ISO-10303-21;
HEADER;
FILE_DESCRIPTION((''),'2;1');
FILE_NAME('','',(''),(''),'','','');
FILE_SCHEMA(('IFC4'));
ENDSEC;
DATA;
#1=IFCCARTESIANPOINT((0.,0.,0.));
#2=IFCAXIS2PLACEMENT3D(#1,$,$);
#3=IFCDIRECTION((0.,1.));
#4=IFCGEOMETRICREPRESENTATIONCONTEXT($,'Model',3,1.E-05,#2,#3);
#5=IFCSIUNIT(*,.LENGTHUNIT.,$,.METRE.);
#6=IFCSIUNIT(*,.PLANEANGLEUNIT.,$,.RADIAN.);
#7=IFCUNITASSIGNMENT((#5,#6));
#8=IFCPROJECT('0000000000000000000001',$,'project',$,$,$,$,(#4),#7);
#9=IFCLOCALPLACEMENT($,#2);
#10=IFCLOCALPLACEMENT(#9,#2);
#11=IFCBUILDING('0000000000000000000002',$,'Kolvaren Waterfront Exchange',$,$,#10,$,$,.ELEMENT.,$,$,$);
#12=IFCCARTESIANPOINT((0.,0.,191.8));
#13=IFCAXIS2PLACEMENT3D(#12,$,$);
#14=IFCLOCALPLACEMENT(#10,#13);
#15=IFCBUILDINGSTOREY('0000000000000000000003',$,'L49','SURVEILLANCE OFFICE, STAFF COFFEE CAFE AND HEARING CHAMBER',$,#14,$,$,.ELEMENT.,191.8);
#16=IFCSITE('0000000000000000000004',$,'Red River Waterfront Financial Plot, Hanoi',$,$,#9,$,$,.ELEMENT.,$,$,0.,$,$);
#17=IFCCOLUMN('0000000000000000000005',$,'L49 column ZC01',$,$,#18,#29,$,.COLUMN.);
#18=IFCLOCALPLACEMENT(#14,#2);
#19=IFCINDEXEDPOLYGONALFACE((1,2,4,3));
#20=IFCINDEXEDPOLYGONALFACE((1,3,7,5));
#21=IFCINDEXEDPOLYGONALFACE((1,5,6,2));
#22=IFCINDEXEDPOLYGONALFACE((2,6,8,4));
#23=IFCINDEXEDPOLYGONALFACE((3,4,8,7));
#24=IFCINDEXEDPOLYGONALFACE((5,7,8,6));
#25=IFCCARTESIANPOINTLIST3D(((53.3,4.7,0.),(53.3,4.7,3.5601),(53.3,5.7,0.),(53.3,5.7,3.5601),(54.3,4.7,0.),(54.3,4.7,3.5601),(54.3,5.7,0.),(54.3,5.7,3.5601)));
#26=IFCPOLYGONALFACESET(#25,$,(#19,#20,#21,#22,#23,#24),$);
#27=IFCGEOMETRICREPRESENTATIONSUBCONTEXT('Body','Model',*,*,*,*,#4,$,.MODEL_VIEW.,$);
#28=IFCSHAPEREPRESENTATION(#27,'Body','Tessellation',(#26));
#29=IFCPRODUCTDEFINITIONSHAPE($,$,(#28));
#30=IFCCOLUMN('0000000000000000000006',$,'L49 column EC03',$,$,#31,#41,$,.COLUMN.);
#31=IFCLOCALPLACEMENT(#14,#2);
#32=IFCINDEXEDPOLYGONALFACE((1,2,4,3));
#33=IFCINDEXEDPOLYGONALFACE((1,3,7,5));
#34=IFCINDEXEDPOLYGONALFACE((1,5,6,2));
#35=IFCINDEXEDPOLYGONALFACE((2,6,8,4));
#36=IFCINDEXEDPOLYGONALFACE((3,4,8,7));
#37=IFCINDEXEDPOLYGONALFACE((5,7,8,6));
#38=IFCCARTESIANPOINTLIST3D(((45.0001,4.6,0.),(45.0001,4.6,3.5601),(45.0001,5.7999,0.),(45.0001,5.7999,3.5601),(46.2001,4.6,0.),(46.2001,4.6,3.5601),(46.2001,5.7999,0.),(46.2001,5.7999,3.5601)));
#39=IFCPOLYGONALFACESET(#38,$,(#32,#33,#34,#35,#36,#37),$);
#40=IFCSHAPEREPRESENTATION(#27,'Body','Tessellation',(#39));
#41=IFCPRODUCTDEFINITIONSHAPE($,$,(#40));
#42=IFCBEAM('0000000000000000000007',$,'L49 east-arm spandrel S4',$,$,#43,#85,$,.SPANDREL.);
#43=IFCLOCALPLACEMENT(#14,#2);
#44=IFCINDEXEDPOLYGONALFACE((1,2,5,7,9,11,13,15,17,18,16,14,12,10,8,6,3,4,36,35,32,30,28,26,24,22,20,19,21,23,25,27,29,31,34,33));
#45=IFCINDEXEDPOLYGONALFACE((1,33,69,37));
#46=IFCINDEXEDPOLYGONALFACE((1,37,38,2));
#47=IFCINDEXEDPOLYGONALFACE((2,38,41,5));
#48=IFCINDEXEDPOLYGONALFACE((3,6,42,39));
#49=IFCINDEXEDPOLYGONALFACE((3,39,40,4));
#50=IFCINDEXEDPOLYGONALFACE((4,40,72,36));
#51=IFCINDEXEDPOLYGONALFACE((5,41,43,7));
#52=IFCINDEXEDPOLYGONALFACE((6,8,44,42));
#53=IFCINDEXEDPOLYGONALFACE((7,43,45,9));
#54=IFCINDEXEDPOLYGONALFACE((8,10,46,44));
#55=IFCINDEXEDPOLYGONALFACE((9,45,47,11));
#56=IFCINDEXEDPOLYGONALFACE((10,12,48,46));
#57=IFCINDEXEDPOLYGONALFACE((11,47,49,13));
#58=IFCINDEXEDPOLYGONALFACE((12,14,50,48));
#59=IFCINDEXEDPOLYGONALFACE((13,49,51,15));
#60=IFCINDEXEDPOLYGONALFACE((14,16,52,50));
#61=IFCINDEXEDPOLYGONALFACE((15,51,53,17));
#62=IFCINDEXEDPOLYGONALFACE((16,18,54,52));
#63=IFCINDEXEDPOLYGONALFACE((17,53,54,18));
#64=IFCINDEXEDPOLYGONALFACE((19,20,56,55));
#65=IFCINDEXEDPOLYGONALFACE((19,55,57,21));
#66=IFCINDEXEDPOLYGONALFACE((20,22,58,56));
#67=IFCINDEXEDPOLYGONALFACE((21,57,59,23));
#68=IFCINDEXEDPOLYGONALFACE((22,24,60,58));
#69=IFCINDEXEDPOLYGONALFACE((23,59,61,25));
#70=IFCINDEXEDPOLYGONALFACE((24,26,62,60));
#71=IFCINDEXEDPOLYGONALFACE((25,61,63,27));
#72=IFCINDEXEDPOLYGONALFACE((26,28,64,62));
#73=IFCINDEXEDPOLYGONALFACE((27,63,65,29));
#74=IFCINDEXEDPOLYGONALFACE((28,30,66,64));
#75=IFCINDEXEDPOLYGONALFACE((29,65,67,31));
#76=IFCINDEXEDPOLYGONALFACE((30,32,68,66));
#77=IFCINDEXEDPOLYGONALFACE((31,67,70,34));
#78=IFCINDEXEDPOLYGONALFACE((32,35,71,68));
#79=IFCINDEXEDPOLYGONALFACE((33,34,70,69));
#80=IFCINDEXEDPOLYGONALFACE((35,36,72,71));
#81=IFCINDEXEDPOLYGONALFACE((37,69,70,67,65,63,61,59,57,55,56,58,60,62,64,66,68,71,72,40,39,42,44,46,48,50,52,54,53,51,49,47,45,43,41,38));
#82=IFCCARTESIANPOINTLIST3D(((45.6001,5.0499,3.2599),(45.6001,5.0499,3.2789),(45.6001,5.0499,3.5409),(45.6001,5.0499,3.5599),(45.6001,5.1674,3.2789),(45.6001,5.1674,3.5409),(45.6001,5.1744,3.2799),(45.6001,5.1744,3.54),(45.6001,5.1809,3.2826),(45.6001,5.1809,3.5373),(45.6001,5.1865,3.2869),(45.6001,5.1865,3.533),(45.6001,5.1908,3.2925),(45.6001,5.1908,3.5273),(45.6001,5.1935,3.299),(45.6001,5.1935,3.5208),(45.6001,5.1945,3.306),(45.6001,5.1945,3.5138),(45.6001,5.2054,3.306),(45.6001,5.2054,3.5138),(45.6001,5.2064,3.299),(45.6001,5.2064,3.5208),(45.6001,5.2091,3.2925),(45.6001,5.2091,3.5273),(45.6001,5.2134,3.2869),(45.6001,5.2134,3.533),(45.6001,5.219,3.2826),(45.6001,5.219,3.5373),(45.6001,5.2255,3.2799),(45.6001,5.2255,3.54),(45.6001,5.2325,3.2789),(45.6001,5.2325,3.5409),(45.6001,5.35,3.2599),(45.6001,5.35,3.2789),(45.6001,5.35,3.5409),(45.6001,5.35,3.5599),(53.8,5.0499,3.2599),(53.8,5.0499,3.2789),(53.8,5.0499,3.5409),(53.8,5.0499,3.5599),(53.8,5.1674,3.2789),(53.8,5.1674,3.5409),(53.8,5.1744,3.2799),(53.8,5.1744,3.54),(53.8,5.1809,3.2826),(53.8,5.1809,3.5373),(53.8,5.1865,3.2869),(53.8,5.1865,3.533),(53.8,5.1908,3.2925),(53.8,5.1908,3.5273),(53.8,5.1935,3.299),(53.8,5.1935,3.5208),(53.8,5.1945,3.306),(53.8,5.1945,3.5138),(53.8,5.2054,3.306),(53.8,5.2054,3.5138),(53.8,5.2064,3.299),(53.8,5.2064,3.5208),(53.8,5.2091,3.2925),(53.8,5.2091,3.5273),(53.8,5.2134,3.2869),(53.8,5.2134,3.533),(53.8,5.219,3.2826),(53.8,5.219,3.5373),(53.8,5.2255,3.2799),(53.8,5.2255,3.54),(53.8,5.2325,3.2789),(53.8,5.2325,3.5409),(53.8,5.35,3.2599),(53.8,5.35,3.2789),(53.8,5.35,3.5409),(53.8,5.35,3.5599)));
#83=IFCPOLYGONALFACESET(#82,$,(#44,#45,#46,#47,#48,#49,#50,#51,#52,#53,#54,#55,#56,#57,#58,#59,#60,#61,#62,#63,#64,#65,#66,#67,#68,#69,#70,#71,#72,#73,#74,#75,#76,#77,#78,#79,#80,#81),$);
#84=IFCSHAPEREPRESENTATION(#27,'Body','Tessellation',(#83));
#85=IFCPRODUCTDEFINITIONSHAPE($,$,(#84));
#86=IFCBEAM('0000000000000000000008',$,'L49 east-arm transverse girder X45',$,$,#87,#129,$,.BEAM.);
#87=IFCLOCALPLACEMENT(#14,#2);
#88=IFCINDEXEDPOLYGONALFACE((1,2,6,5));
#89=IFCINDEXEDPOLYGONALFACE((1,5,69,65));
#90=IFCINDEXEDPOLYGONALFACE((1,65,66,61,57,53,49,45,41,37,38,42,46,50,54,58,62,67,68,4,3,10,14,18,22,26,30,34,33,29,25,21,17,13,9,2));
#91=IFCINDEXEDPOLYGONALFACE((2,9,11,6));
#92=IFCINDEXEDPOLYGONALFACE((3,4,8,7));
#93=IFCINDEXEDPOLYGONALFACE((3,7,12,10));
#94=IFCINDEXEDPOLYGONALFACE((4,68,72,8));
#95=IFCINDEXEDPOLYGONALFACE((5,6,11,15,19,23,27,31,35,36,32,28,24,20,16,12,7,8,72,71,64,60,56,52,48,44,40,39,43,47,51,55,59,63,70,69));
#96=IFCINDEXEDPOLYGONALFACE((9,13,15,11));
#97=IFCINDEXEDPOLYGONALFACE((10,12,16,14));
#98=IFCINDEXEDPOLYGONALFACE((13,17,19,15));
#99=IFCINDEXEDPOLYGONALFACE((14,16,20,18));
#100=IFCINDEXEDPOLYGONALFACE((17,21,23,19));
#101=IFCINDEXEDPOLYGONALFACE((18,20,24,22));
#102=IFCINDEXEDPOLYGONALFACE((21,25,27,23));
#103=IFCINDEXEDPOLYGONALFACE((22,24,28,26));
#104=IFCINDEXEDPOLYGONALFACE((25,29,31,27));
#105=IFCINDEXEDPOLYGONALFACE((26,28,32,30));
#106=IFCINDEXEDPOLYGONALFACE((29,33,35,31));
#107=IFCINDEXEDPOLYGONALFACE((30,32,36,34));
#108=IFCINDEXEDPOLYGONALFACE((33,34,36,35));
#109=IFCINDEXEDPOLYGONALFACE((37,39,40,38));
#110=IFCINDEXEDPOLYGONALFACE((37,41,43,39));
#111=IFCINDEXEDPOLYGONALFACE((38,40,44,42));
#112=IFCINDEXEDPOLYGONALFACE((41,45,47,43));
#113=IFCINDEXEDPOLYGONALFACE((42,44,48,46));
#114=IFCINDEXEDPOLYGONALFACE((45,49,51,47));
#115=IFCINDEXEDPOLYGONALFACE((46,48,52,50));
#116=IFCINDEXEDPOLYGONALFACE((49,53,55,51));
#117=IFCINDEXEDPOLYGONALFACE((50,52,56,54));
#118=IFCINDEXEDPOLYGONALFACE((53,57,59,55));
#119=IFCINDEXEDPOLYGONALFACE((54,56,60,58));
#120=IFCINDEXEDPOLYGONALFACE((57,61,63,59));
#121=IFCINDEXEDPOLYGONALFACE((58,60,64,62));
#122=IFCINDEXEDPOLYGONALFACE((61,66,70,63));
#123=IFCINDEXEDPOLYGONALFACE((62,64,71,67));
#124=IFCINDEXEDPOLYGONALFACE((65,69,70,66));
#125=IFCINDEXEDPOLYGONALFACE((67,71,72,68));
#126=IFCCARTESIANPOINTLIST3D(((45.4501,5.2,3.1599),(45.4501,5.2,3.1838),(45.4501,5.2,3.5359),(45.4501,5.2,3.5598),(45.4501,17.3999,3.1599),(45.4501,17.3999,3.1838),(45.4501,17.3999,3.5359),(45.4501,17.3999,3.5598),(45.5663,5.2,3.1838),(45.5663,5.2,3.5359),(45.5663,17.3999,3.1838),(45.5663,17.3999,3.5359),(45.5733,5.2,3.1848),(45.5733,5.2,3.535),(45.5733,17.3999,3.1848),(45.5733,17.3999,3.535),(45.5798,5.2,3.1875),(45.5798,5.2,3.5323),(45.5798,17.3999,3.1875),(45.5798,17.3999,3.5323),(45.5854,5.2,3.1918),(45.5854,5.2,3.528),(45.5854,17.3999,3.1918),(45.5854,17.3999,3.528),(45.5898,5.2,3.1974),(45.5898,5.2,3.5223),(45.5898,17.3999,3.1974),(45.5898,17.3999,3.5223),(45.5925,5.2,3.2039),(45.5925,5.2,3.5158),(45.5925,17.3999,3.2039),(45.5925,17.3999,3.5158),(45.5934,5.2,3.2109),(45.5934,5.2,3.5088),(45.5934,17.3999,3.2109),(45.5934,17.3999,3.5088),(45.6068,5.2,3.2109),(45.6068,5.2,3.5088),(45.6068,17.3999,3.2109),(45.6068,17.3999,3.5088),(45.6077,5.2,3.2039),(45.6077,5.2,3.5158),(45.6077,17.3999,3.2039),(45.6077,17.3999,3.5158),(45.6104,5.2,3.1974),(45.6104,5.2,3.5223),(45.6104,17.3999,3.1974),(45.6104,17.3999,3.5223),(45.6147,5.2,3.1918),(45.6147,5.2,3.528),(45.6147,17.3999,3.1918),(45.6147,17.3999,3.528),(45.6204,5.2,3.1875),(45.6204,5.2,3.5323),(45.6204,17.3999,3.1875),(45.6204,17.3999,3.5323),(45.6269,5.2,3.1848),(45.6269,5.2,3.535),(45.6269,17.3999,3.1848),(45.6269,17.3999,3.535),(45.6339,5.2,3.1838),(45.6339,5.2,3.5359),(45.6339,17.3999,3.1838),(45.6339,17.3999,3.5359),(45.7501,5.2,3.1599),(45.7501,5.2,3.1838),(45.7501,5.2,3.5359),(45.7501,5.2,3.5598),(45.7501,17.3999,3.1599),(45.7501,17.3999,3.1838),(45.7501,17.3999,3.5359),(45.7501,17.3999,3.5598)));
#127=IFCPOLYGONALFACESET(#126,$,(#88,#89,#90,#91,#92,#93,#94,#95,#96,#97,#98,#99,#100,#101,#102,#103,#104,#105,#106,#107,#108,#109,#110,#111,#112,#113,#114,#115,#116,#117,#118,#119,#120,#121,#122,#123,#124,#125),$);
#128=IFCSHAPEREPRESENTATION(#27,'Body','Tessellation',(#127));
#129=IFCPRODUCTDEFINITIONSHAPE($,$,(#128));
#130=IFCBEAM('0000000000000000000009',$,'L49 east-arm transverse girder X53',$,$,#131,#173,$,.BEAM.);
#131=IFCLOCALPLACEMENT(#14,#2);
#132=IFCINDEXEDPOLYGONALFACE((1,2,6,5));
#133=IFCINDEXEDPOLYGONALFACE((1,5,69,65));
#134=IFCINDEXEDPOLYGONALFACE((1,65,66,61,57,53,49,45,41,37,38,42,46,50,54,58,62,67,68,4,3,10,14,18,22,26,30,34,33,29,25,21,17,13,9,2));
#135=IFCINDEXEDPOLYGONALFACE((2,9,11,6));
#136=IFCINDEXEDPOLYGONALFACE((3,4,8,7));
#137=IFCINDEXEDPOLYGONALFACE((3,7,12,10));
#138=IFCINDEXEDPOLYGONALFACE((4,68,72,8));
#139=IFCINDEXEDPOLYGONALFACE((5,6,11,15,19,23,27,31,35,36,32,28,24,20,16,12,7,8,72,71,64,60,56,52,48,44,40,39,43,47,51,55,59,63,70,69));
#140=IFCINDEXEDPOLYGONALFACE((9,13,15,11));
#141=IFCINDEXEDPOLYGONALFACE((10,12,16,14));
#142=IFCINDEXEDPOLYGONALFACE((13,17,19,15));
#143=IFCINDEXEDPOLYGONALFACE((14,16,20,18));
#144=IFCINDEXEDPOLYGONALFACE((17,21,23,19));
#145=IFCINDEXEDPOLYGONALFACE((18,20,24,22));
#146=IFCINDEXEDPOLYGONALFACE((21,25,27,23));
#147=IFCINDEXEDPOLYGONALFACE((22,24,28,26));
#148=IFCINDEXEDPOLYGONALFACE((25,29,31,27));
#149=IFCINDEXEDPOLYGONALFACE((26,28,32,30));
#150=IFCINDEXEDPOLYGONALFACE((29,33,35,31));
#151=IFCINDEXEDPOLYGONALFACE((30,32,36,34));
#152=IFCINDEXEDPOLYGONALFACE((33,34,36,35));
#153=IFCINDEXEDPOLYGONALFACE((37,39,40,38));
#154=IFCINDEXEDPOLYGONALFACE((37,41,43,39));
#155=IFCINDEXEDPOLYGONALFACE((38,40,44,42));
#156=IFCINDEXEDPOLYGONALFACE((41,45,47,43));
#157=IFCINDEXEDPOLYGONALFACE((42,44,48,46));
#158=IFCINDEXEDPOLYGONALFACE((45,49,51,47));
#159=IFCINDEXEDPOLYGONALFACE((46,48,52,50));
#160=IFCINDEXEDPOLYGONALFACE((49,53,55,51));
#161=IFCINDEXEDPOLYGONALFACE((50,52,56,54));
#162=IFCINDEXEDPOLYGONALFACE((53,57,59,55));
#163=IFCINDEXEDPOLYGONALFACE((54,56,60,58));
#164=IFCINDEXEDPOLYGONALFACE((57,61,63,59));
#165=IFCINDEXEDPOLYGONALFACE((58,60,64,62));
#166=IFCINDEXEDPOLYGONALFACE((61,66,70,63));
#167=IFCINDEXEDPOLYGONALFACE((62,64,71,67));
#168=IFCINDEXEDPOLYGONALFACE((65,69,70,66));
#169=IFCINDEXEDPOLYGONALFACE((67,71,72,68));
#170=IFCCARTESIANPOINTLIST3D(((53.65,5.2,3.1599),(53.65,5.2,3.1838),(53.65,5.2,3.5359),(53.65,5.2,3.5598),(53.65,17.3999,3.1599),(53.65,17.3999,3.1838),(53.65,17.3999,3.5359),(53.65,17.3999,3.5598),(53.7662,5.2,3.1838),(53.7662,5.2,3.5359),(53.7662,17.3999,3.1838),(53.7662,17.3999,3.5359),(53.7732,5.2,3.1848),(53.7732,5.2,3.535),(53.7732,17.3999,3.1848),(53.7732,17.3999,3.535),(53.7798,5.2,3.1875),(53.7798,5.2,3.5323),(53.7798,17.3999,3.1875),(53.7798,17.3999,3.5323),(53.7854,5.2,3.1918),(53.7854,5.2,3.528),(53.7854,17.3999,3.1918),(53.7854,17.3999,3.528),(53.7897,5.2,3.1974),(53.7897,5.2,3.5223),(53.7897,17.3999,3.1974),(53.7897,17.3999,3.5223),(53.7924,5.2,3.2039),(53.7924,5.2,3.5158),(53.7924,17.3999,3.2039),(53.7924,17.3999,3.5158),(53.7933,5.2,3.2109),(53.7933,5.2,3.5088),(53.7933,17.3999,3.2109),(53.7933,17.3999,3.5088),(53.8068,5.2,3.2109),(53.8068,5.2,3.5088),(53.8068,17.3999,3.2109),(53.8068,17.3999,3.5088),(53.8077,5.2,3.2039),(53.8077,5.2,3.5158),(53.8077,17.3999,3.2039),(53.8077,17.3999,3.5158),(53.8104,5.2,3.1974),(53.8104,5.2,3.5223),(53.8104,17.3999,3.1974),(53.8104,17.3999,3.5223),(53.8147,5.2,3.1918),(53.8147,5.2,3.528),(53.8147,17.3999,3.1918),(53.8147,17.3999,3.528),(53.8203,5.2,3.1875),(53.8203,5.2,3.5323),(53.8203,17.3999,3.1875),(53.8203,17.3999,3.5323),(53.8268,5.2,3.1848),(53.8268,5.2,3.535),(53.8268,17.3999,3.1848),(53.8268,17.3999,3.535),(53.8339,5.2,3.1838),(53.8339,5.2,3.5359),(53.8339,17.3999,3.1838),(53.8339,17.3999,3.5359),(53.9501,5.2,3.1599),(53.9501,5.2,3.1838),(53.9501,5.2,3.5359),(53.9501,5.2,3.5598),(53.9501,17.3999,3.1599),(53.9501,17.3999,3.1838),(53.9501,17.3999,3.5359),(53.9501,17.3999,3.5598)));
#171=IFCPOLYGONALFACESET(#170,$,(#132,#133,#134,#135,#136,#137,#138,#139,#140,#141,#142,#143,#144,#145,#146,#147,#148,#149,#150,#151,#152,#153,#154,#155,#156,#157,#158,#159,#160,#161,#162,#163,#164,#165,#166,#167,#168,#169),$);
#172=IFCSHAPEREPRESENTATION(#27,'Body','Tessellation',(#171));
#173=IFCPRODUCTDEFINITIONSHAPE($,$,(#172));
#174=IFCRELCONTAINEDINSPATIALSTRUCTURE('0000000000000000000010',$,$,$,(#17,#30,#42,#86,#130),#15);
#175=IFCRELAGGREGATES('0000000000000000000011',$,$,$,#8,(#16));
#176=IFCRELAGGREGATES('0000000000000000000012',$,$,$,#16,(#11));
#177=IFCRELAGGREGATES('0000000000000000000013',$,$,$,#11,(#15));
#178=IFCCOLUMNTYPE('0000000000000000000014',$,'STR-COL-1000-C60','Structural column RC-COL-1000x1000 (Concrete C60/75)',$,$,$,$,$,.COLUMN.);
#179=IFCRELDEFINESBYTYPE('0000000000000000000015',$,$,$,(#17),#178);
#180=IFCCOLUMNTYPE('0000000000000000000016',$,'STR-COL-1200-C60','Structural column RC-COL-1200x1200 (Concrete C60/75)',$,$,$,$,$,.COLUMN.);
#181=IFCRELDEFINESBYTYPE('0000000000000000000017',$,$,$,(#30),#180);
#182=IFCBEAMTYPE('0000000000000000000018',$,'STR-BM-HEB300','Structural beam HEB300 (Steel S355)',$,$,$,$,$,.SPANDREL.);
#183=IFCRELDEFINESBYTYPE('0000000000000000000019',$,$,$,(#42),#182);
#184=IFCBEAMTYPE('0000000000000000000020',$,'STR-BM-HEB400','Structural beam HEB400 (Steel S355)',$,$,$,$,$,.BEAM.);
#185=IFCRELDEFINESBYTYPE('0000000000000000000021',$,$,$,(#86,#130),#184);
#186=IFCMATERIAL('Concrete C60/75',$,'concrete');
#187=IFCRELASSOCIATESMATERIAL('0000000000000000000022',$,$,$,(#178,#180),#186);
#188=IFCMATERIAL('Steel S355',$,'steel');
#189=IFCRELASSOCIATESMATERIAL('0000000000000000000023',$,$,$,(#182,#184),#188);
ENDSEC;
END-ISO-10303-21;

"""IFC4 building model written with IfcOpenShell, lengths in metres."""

from ifc_helpers import new_model, si_unit, direction, frame, origin, origin_2d, place, context, subcontext, project, spatial, rectangle, i_section, extrude, material, material_profile, profile_set, type_object, element, save


model = new_model("IFC4")

# Units and contexts
model_context = context("Model", 3, precision=1e-05, world=origin(), true_north=direction((0.0, 1.0)))
body_context = subcontext(model_context, "Body", "Model", "MODEL_VIEW")
ifc_project = project(units=[si_unit("LENGTHUNIT", "METRE"), si_unit("PLANEANGLEUNIT", "RADIAN")], contexts=[model_context])

# Site, building, storey
site_placement = place(None, origin())
site = spatial("IfcSite", under=ifc_project, at=site_placement, Name="Red River Waterfront Financial Plot, Hanoi", CompositionType="ELEMENT", RefElevation=0.0)
building_placement = place(site_placement, origin())
building = spatial("IfcBuilding", under=site, at=building_placement, Name="Kolvaren Waterfront Exchange", CompositionType="ELEMENT")
storey_placement = place(building_placement, frame((0.0, 0.0, 191.8)))
storey = spatial("IfcBuildingStorey", under=building, at=storey_placement, Name="L49", Description="SURVEILLANCE OFFICE, STAFF COFFEE CAFE AND HEARING CHAMBER", CompositionType="ELEMENT", Elevation=191.8)

# Columns
ifc_material_1 = material(Name="Concrete C60/75", Category="concrete")
ifc_material_profile_1 = material_profile(ifc_material_1, rectangle(XDim=1.0, YDim=1.0, at=origin_2d()), Name="RC-COL-1000x1000")
ifc_profile_set_1 = profile_set([ifc_material_profile_1], Name="Concrete C60/75")
column_type_1 = type_object("IfcColumnType", Name="STR-COL-1000-C60", Description="Structural column RC-COL-1000x1000 (Concrete C60/75)", PredefinedType="COLUMN", material=ifc_profile_set_1)
column_1_placement = place(storey_placement, frame((53.8, 5.2, 0.0), z_axis=(0.0, 0.0, 1.0), x_axis=(1.0, 0.0, 0.0)))
element("IfcColumn", 1, at=column_1_placement, inside=storey, type_object=column_type_1, Name="L49 column ZC01", PredefinedType="COLUMN", context=body_context, shape_type="SweptSolid", body=[
    extrude(rectangle(XDim=1.0, YDim=1.0, at=origin_2d()), origin(), (0.0, 0.0, 1.0), 3.5601),
])
ifc_material_profile_2 = material_profile(ifc_material_1, rectangle(XDim=1.2, YDim=1.2, at=origin_2d()), Name="RC-COL-1200x1200")
ifc_profile_set_2 = profile_set([ifc_material_profile_2], Name="Concrete C60/75")
column_type_2 = type_object("IfcColumnType", Name="STR-COL-1200-C60", Description="Structural column RC-COL-1200x1200 (Concrete C60/75)", PredefinedType="COLUMN", material=ifc_profile_set_2)
column_2_placement = place(storey_placement, frame((45.6001, 5.2, 0.0), z_axis=(0.0, 0.0, 1.0), x_axis=(1.0, 0.0, 0.0)))
element("IfcColumn", 2, at=column_2_placement, inside=storey, type_object=column_type_2, Name="L49 column EC03", PredefinedType="COLUMN", context=body_context, shape_type="SweptSolid", body=[
    extrude(rectangle(XDim=1.2, YDim=1.2, at=origin_2d()), origin(), (0.0, 0.0, 1.0), 3.5601),
])

# Beams
ifc_material_2 = material(Name="Steel S355", Category="steel")
ifc_material_profile_3 = material_profile(ifc_material_2, i_section(OverallWidth=0.3, OverallDepth=0.3, WebThickness=0.011, FlangeThickness=0.019, FilletRadius=0.0271, at=origin_2d()), Name="HEB300")
ifc_profile_set_3 = profile_set([ifc_material_profile_3], Name="Steel S355")
beam_type_1 = type_object("IfcBeamType", Name="STR-BM-HEB300", Description="Structural beam HEB300 (Steel S355)", PredefinedType="SPANDREL", material=ifc_profile_set_3)
beam_1_placement = place(storey_placement, frame((45.6001, 5.2, 3.4099), z_axis=(1.0, 0.0, 0.0), x_axis=(0.0, 1.0, 0.0)))
element("IfcBeam", 3, at=beam_1_placement, inside=storey, type_object=beam_type_1, Name="L49 east-arm spandrel S4", PredefinedType="SPANDREL", context=body_context, shape_type="SweptSolid", body=[
    extrude(i_section(OverallWidth=0.3, OverallDepth=0.3, WebThickness=0.011, FlangeThickness=0.019, FilletRadius=0.0271, at=origin_2d()), origin(), (0.0, 0.0, 1.0), 8.2),
])
ifc_material_profile_4 = material_profile(ifc_material_2, i_section(OverallWidth=0.3, OverallDepth=0.3999, WebThickness=0.0134, FlangeThickness=0.0239, FilletRadius=0.0271, at=origin_2d()), Name="HEB400")
ifc_profile_set_4 = profile_set([ifc_material_profile_4], Name="Steel S355")
beam_type_2 = type_object("IfcBeamType", Name="STR-BM-HEB400", Description="Structural beam HEB400 (Steel S355)", PredefinedType="BEAM", material=ifc_profile_set_4)
for number, where, z_axis, x_axis, name in (
    (4, (45.6001, 5.2, 3.3599), (0.0, 1.0, 0.0), (-1.0, 0.0, 0.0), "L49 east-arm transverse girder X45"),
    (5, (53.8, 5.2, 3.3599), (0.0, 1.0, 0.0), (-1.0, 0.0, 0.0), "L49 east-arm transverse girder X53"),
):
    element("IfcBeam", number, at=place(storey_placement, frame(where, z_axis=z_axis, x_axis=x_axis)), inside=storey, type_object=beam_type_2, Name=name, PredefinedType="BEAM", context=body_context, shape_type="SweptSolid", body=[
        extrude(i_section(OverallWidth=0.3, OverallDepth=0.3999, WebThickness=0.0134, FlangeThickness=0.0239, FilletRadius=0.0271, at=origin_2d()), origin(), (0.0, 0.0, 1.0), 12.2),
    ])

save(model, "model.ifc")
